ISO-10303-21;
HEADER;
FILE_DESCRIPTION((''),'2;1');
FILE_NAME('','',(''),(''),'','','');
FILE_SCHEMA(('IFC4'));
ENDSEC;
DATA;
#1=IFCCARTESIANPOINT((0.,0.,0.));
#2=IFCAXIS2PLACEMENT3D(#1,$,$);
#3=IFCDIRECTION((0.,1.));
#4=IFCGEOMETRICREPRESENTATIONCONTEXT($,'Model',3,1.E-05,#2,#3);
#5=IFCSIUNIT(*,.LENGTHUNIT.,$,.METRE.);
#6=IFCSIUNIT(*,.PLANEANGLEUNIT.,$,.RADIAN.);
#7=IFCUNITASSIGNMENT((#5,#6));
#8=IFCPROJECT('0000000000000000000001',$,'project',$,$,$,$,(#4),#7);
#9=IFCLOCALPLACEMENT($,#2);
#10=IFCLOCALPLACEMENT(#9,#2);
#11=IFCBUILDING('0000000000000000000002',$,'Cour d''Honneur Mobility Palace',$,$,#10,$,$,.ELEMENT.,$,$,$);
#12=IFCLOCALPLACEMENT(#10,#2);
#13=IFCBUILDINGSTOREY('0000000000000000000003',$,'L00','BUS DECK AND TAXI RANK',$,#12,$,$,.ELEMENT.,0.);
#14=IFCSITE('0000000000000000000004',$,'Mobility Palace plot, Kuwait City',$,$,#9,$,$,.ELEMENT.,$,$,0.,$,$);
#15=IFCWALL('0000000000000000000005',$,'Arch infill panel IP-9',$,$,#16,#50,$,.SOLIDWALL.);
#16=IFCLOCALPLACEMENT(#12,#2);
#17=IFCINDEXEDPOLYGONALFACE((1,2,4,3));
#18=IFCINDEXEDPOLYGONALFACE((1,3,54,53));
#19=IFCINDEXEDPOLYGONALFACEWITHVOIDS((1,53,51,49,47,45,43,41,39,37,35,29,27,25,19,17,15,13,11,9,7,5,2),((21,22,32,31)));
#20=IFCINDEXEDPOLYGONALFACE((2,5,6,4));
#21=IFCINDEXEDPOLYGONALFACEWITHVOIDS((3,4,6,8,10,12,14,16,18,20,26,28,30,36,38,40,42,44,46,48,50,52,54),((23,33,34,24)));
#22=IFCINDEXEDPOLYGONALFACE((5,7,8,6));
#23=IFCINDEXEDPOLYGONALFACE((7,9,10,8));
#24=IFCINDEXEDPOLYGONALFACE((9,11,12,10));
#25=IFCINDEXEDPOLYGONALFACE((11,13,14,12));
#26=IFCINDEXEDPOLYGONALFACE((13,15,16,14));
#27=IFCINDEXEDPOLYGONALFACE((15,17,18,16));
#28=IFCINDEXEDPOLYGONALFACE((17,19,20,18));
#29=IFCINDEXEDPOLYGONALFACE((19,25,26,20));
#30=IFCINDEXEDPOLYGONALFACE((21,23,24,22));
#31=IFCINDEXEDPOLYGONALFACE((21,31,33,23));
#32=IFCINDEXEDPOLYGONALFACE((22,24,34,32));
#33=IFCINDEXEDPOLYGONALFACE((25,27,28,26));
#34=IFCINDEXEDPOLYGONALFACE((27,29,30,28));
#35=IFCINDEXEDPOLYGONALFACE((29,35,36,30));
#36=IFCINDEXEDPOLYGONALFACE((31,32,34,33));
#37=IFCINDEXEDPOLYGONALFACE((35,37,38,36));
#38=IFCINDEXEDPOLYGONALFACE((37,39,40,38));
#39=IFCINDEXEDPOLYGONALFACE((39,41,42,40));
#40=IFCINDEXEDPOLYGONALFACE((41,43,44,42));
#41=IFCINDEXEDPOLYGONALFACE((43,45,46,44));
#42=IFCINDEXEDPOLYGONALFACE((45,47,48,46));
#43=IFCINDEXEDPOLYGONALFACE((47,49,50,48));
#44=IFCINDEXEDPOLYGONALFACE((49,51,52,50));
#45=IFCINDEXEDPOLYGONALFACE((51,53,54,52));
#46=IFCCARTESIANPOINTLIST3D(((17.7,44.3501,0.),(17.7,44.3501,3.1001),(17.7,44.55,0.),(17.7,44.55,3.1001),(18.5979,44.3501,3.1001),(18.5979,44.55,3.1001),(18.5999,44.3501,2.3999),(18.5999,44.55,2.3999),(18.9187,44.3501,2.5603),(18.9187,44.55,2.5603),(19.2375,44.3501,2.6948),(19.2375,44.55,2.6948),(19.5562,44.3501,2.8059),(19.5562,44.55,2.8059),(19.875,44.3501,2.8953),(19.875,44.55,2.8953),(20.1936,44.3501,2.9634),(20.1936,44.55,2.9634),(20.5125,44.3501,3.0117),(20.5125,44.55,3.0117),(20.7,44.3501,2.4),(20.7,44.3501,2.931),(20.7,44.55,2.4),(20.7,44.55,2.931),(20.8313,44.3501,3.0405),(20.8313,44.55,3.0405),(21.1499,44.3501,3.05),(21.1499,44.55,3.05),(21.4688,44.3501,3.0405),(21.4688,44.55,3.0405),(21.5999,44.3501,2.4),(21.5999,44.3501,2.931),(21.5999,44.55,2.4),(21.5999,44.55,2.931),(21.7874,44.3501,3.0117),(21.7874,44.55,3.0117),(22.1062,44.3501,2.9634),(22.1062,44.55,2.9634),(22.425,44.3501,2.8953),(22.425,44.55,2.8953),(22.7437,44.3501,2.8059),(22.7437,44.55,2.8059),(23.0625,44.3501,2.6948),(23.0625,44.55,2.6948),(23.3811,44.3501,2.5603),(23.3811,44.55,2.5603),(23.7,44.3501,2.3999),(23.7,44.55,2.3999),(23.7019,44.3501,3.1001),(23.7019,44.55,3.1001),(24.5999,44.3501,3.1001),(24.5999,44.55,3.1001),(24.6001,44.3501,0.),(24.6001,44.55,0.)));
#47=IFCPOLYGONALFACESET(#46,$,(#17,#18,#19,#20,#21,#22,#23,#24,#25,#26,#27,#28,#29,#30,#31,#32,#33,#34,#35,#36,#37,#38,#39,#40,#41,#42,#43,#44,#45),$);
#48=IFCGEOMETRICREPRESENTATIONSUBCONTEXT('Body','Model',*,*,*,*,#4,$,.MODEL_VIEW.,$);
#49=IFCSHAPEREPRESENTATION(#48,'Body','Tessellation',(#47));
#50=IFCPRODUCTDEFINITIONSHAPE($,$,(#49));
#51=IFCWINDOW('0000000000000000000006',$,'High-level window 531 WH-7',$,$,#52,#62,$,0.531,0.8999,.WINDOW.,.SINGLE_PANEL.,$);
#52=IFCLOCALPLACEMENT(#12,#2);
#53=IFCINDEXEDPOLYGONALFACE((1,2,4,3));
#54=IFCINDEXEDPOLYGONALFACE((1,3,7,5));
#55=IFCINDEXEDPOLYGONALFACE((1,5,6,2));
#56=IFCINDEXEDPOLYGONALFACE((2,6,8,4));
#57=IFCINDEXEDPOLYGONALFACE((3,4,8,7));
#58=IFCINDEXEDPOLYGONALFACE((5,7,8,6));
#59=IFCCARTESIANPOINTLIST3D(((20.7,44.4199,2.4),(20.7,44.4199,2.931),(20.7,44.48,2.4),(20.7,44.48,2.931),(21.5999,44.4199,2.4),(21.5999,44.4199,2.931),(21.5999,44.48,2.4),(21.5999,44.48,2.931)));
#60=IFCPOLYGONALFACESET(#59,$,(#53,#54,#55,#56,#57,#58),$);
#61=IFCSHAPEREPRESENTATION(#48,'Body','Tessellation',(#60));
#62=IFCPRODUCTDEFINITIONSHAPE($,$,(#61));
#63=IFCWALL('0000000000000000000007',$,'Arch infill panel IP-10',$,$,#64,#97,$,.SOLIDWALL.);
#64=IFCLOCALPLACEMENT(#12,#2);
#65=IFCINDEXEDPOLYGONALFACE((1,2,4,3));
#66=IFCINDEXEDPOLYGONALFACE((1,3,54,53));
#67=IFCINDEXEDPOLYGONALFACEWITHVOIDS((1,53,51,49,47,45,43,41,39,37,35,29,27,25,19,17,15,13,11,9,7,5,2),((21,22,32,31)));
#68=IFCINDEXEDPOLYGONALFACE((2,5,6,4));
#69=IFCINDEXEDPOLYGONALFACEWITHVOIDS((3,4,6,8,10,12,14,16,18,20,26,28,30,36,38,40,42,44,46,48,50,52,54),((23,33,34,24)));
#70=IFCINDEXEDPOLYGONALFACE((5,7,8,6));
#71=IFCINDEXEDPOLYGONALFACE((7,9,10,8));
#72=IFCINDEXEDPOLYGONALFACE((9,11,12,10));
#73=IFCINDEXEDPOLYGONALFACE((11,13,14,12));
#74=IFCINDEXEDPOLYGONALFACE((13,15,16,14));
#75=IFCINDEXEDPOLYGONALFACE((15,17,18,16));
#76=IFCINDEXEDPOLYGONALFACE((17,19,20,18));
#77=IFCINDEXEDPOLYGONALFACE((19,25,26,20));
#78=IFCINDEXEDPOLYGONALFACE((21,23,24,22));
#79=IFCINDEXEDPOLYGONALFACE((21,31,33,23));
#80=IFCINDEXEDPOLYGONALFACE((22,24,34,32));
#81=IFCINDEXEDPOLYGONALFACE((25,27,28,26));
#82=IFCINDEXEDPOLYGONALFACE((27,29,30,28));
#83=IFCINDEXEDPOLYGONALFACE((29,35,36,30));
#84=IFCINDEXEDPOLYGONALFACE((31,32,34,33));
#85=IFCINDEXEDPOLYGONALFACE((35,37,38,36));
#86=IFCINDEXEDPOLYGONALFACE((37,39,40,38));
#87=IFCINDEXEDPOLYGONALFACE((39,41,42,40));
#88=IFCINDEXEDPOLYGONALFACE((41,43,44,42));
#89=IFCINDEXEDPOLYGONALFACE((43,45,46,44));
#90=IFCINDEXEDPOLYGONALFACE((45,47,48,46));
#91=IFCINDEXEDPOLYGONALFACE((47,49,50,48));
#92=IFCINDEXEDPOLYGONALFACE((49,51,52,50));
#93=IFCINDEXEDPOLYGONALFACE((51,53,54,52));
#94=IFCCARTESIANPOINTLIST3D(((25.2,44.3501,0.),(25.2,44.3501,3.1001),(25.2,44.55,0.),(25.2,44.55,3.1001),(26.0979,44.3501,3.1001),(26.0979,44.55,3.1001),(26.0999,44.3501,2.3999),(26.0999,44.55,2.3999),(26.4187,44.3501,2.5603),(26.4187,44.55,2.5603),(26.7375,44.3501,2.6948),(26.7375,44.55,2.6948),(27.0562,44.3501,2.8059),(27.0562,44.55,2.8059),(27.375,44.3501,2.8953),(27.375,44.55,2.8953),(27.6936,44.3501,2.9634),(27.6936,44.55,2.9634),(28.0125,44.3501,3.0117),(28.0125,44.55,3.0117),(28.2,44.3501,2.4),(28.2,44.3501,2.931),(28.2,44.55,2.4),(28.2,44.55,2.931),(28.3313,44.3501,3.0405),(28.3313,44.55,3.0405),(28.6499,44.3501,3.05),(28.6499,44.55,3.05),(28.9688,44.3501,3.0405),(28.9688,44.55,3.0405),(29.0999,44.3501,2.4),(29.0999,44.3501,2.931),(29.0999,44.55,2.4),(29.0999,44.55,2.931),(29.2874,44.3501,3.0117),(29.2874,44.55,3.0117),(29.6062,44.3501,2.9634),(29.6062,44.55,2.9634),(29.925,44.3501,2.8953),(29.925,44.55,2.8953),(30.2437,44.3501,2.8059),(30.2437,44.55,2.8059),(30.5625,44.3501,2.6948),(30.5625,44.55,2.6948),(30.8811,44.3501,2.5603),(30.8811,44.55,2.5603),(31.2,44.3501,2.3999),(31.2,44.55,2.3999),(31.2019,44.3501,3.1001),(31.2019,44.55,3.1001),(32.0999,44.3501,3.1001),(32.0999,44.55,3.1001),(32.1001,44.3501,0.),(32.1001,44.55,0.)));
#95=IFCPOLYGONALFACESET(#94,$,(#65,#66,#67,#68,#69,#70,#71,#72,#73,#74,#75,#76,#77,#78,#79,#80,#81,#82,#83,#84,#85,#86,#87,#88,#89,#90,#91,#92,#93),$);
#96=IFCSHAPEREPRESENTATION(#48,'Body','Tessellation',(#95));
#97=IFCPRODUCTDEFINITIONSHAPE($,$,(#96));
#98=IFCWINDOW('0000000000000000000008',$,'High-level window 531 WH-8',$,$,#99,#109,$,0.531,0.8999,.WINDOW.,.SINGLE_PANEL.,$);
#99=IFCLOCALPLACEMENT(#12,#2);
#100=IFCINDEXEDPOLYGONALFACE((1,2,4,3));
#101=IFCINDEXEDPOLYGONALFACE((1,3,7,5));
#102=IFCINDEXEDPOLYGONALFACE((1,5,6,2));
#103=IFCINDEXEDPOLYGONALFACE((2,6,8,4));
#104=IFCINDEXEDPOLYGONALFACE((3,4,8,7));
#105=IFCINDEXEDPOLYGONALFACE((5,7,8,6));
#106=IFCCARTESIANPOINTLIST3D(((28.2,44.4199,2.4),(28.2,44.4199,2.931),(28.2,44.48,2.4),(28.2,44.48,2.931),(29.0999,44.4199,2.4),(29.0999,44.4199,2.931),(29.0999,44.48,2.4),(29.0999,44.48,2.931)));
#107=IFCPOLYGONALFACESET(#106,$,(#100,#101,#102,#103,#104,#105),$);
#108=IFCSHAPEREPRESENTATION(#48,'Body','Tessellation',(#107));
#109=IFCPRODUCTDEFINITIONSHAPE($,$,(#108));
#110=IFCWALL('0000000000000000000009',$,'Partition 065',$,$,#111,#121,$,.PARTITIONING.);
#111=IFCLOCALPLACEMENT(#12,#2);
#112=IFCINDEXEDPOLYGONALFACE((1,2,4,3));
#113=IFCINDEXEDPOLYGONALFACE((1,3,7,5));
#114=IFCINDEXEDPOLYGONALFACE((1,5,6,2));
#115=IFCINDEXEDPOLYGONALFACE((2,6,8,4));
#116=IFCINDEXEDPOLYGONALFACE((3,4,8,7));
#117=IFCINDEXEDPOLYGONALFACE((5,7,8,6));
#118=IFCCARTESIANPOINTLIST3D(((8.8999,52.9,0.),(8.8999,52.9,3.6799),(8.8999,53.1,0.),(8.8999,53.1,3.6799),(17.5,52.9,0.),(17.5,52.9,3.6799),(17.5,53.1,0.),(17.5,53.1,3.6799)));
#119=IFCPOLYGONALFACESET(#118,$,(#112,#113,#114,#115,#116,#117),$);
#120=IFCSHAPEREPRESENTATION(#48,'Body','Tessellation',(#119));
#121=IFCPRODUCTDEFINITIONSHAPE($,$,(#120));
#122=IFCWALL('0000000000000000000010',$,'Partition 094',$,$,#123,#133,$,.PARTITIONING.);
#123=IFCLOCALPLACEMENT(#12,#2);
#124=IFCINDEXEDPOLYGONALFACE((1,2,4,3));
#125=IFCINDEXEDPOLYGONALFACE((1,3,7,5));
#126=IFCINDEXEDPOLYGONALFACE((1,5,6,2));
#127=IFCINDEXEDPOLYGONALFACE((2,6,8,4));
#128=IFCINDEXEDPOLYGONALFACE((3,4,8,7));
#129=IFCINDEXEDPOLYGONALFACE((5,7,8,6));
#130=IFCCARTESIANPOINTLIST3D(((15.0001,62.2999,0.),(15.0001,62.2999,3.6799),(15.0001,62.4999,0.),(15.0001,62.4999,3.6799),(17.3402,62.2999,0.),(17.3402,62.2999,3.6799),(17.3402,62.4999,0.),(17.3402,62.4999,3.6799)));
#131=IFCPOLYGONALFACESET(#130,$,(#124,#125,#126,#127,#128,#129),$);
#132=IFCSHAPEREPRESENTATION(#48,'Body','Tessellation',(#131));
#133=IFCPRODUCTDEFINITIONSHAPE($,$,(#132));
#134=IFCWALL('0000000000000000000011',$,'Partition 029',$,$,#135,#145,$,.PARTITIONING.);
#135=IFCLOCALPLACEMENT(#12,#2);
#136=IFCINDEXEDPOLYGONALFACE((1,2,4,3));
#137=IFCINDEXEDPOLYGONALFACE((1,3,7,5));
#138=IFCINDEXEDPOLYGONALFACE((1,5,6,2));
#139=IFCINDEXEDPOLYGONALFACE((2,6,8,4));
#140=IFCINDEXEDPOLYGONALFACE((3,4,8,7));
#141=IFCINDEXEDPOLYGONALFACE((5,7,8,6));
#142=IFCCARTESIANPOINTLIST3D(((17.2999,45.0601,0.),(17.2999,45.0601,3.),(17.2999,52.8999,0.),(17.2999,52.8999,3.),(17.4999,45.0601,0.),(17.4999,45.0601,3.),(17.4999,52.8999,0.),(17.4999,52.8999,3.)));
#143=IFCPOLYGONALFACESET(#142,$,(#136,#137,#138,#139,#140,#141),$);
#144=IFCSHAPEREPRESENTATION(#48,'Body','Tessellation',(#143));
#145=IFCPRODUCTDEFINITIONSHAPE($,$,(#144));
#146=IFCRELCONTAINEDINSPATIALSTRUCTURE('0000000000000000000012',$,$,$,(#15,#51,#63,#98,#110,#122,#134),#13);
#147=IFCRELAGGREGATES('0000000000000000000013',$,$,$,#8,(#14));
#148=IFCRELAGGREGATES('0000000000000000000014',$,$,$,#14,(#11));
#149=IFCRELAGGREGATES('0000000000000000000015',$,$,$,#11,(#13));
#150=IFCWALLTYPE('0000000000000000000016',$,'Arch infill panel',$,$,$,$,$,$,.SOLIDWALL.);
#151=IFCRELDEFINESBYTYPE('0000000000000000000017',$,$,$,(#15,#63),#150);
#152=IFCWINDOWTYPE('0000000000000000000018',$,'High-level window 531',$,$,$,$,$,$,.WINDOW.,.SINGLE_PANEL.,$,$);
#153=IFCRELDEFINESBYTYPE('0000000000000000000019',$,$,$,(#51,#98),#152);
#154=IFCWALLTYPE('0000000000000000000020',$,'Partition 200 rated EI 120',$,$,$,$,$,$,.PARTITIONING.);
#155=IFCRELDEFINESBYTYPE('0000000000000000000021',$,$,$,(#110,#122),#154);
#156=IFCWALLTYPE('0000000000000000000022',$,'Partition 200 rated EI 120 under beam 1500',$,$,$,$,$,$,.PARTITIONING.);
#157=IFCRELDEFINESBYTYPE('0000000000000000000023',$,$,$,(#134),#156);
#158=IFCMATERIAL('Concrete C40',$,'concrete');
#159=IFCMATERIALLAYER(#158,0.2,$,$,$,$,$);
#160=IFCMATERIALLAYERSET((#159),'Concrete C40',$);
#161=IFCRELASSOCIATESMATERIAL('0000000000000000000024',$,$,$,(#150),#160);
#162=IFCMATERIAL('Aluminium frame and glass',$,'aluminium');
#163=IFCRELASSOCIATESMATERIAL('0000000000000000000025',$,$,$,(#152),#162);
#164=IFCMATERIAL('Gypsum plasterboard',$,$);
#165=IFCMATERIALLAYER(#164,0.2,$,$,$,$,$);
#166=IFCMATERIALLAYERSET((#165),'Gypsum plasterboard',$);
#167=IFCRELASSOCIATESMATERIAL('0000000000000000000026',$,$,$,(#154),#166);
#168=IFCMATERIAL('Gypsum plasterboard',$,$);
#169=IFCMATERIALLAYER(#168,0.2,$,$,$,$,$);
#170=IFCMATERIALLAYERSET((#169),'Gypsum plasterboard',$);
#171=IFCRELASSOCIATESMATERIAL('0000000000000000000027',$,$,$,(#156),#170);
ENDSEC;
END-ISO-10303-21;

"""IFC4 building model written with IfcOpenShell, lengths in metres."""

from ifc_helpers import new_model, si_unit, direction, frame, frame_2d, origin, place, context, subcontext, project, spatial, polyline, rectangle, outline, extrude, material, layer, layer_set, type_object, element, fill, save


model = new_model("IFC4")

# Units and contexts
model_context = context("Model", 3, precision=1e-05, world=origin(), true_north=direction((0.0, 1.0)))
body_context = subcontext(model_context, "Body", "Model", "MODEL_VIEW")
ifc_project = project(units=[si_unit("LENGTHUNIT", "METRE"), si_unit("PLANEANGLEUNIT", "RADIAN")], contexts=[model_context])

# Site, building, storey
site_placement = place(None, origin())
site = spatial("IfcSite", under=ifc_project, at=site_placement, Name="Mobility Palace plot, Kuwait City", CompositionType="ELEMENT", RefElevation=0.0)
building_placement = place(site_placement, origin())
building = spatial("IfcBuilding", under=site, at=building_placement, Name="Cour d'Honneur Mobility Palace", CompositionType="ELEMENT")
storey_placement = place(building_placement, origin())
storey = spatial("IfcBuildingStorey", under=building, at=storey_placement, Name="L00", Description="BUS DECK AND TAXI RANK", CompositionType="ELEMENT", Elevation=0.0)

# Walls, openings, windows
ifc_material_1 = material(Name="Concrete C40", Category="concrete")
ifc_layer_1 = layer(ifc_material_1, 0.2)
ifc_layer_set_1 = layer_set([ifc_layer_1], Name="Concrete C40")
wall_type_1 = type_object("IfcWallType", Name="Arch infill panel", PredefinedType="SOLIDWALL", material=ifc_layer_set_1)
wall_1_placement = place(storey_placement, frame((17.7, 44.45, 0.0), z_axis=(0.0, 0.0, 1.0), x_axis=(1.0, 0.0, 0.0)))
wall_1 = element("IfcWall", 1, at=wall_1_placement, inside=storey, type_object=wall_type_1, Name="Arch infill panel IP-9", PredefinedType="SOLIDWALL", context=body_context, shape_type="SweptSolid", body=[
    extrude(outline(polyline([(0.0, 0.0), (6.9001, 0.0), (6.8999, 3.1001), (6.002, 3.1001), (6.0, 2.3999), (5.6812, 2.5603), (5.3625, 2.6948), (5.0437, 2.8059), (4.7251, 2.8953), (4.4062, 2.9634), (4.0874, 3.0117), (3.7688, 3.0405), (3.45, 3.05), (3.1313, 3.0405), (2.8125, 3.0117), (2.4937, 2.9634), (2.175, 2.8953), (1.8562, 2.8059), (1.5376, 2.6948), (1.2188, 2.5603), (0.8999, 2.3999), (0.8979, 3.1001), (0.0, 3.1001), (0.0, 0.0)])), frame((0.0, 0.1001, 0.0), z_axis=(0.0, -1.0, 0.0), x_axis=(1.0, 0.0, 0.0)), (0.0, 0.0, 1.0), 0.2),
])
opening_1_placement = place(wall_1_placement, frame((3.0, 0.0, 2.3999)))
opening_1 = element("IfcOpeningElement", 2, at=opening_1_placement, cuts=wall_1, PredefinedType="OPENING", context=body_context, shape_type="SweptSolid", body=[
    extrude(rectangle(XDim=0.8999, YDim=0.531, at=frame_2d((0.45, 0.2656))), frame((0.0, 0.1099, 0.0), z_axis=(0.0, -1.0, 0.0), x_axis=(1.0, 0.0, 0.0)), (0.0, 0.0, 1.0), 0.22),
])
ifc_material_2 = material(Name="Aluminium frame and glass", Category="aluminium")
window_type = type_object("IfcWindowType", Name="High-level window 531", PartitioningType="SINGLE_PANEL", PredefinedType="WINDOW", material=ifc_material_2)
window_1_placement = place(opening_1_placement, origin())
window_1 = element("IfcWindow", 3, at=window_1_placement, inside=storey, type_object=window_type, Name="High-level window 531 WH-7", OverallHeight=0.531, OverallWidth=0.8999, PartitioningType="SINGLE_PANEL", PredefinedType="WINDOW", context=body_context, shape_type="SweptSolid", body=[
    extrude(rectangle(XDim=0.8999, YDim=0.531, at=frame_2d((0.45, 0.2656))), frame((0.0, 0.03, 0.0), z_axis=(0.0, -1.0, 0.0), x_axis=(1.0, 0.0, 0.0)), (0.0, 0.0, 1.0), 0.0601),
])
fill(opening_1, window_1)
wall_2_placement = place(storey_placement, frame((25.2, 44.45, 0.0), z_axis=(0.0, 0.0, 1.0), x_axis=(1.0, 0.0, 0.0)))
wall_2 = element("IfcWall", 4, at=wall_2_placement, inside=storey, type_object=wall_type_1, Name="Arch infill panel IP-10", PredefinedType="SOLIDWALL", context=body_context, shape_type="SweptSolid", body=[
    extrude(outline(polyline([(0.0, 0.0), (6.9001, 0.0), (6.8999, 3.1001), (6.002, 3.1001), (6.0, 2.3999), (5.6812, 2.5603), (5.3625, 2.6948), (5.0437, 2.8059), (4.7251, 2.8953), (4.4062, 2.9634), (4.0874, 3.0117), (3.7688, 3.0405), (3.45, 3.05), (3.1313, 3.0405), (2.8125, 3.0117), (2.4937, 2.9634), (2.175, 2.8953), (1.8562, 2.8059), (1.5376, 2.6948), (1.2188, 2.5603), (0.8999, 2.3999), (0.8979, 3.1001), (0.0, 3.1001), (0.0, 0.0)])), frame((0.0, 0.1001, 0.0), z_axis=(0.0, -1.0, 0.0), x_axis=(1.0, 0.0, 0.0)), (0.0, 0.0, 1.0), 0.2),
])
opening_2_placement = place(wall_2_placement, frame((3.0, 0.0, 2.3999)))
opening_2 = element("IfcOpeningElement", 5, at=opening_2_placement, cuts=wall_2, PredefinedType="OPENING", context=body_context, shape_type="SweptSolid", body=[
    extrude(rectangle(XDim=0.8999, YDim=0.531, at=frame_2d((0.45, 0.2656))), frame((0.0, 0.1099, 0.0), z_axis=(0.0, -1.0, 0.0), x_axis=(1.0, 0.0, 0.0)), (0.0, 0.0, 1.0), 0.22),
])
window_2_placement = place(opening_2_placement, origin())
window_2 = element("IfcWindow", 6, at=window_2_placement, inside=storey, type_object=window_type, Name="High-level window 531 WH-8", OverallHeight=0.531, OverallWidth=0.8999, PartitioningType="SINGLE_PANEL", PredefinedType="WINDOW", context=body_context, shape_type="SweptSolid", body=[
    extrude(rectangle(XDim=0.8999, YDim=0.531, at=frame_2d((0.45, 0.2656))), frame((0.0, 0.03, 0.0), z_axis=(0.0, -1.0, 0.0), x_axis=(1.0, 0.0, 0.0)), (0.0, 0.0, 1.0), 0.0601),
])
fill(opening_2, window_2)

# Walls
ifc_material_3 = material(Name="Gypsum plasterboard")
ifc_layer_2 = layer(ifc_material_3, 0.2)
ifc_layer_set_2 = layer_set([ifc_layer_2], Name="Gypsum plasterboard")
wall_type_2 = type_object("IfcWallType", Name="Partition 200 rated EI 120", PredefinedType="PARTITIONING", material=ifc_layer_set_2)
wall_3_placement = place(storey_placement, frame((17.5, 53.0, 0.0), z_axis=(0.0, 0.0, 1.0), x_axis=(-1.0, 0.0, 0.0)))
element("IfcWall", 7, at=wall_3_placement, inside=storey, type_object=wall_type_2, Name="Partition 065", PredefinedType="PARTITIONING", context=body_context, shape_type="SweptSolid", body=[
    extrude(rectangle(XDim=8.6001, YDim=0.2, at=frame_2d((4.3, 0.0))), origin(), (0.0, 0.0, 1.0), 3.6799),
])
wall_4_placement = place(storey_placement, frame((17.3401, 62.3999, 0.0), z_axis=(0.0, 0.0, 1.0), x_axis=(-1.0, 0.0, 0.0)))
element("IfcWall", 8, at=wall_4_placement, inside=storey, type_object=wall_type_2, Name="Partition 094", PredefinedType="PARTITIONING", context=body_context, shape_type="SweptSolid", body=[
    extrude(rectangle(XDim=2.3401, YDim=0.2, at=frame_2d((1.1699, 0.0))), origin(), (0.0, 0.0, 1.0), 3.6799),
])
ifc_material_4 = material(Name="Gypsum plasterboard")
ifc_layer_3 = layer(ifc_material_4, 0.2)
ifc_layer_set_3 = layer_set([ifc_layer_3], Name="Gypsum plasterboard")
wall_type_3 = type_object("IfcWallType", Name="Partition 200 rated EI 120 under beam 1500", PredefinedType="PARTITIONING", material=ifc_layer_set_3)
wall_5_placement = place(storey_placement, frame((17.3999, 45.0601, 0.0), z_axis=(0.0, 0.0, 1.0), x_axis=(0.0, 1.0, 0.0)))
element("IfcWall", 9, at=wall_5_placement, inside=storey, type_object=wall_type_3, Name="Partition 029", PredefinedType="PARTITIONING", context=body_context, shape_type="SweptSolid", body=[
    extrude(rectangle(XDim=7.8398, YDim=0.2, at=frame_2d((3.9199, 0.0))), origin(), (0.0, 0.0, 1.0), 3.0),
])

save(model, "model.ifc")
